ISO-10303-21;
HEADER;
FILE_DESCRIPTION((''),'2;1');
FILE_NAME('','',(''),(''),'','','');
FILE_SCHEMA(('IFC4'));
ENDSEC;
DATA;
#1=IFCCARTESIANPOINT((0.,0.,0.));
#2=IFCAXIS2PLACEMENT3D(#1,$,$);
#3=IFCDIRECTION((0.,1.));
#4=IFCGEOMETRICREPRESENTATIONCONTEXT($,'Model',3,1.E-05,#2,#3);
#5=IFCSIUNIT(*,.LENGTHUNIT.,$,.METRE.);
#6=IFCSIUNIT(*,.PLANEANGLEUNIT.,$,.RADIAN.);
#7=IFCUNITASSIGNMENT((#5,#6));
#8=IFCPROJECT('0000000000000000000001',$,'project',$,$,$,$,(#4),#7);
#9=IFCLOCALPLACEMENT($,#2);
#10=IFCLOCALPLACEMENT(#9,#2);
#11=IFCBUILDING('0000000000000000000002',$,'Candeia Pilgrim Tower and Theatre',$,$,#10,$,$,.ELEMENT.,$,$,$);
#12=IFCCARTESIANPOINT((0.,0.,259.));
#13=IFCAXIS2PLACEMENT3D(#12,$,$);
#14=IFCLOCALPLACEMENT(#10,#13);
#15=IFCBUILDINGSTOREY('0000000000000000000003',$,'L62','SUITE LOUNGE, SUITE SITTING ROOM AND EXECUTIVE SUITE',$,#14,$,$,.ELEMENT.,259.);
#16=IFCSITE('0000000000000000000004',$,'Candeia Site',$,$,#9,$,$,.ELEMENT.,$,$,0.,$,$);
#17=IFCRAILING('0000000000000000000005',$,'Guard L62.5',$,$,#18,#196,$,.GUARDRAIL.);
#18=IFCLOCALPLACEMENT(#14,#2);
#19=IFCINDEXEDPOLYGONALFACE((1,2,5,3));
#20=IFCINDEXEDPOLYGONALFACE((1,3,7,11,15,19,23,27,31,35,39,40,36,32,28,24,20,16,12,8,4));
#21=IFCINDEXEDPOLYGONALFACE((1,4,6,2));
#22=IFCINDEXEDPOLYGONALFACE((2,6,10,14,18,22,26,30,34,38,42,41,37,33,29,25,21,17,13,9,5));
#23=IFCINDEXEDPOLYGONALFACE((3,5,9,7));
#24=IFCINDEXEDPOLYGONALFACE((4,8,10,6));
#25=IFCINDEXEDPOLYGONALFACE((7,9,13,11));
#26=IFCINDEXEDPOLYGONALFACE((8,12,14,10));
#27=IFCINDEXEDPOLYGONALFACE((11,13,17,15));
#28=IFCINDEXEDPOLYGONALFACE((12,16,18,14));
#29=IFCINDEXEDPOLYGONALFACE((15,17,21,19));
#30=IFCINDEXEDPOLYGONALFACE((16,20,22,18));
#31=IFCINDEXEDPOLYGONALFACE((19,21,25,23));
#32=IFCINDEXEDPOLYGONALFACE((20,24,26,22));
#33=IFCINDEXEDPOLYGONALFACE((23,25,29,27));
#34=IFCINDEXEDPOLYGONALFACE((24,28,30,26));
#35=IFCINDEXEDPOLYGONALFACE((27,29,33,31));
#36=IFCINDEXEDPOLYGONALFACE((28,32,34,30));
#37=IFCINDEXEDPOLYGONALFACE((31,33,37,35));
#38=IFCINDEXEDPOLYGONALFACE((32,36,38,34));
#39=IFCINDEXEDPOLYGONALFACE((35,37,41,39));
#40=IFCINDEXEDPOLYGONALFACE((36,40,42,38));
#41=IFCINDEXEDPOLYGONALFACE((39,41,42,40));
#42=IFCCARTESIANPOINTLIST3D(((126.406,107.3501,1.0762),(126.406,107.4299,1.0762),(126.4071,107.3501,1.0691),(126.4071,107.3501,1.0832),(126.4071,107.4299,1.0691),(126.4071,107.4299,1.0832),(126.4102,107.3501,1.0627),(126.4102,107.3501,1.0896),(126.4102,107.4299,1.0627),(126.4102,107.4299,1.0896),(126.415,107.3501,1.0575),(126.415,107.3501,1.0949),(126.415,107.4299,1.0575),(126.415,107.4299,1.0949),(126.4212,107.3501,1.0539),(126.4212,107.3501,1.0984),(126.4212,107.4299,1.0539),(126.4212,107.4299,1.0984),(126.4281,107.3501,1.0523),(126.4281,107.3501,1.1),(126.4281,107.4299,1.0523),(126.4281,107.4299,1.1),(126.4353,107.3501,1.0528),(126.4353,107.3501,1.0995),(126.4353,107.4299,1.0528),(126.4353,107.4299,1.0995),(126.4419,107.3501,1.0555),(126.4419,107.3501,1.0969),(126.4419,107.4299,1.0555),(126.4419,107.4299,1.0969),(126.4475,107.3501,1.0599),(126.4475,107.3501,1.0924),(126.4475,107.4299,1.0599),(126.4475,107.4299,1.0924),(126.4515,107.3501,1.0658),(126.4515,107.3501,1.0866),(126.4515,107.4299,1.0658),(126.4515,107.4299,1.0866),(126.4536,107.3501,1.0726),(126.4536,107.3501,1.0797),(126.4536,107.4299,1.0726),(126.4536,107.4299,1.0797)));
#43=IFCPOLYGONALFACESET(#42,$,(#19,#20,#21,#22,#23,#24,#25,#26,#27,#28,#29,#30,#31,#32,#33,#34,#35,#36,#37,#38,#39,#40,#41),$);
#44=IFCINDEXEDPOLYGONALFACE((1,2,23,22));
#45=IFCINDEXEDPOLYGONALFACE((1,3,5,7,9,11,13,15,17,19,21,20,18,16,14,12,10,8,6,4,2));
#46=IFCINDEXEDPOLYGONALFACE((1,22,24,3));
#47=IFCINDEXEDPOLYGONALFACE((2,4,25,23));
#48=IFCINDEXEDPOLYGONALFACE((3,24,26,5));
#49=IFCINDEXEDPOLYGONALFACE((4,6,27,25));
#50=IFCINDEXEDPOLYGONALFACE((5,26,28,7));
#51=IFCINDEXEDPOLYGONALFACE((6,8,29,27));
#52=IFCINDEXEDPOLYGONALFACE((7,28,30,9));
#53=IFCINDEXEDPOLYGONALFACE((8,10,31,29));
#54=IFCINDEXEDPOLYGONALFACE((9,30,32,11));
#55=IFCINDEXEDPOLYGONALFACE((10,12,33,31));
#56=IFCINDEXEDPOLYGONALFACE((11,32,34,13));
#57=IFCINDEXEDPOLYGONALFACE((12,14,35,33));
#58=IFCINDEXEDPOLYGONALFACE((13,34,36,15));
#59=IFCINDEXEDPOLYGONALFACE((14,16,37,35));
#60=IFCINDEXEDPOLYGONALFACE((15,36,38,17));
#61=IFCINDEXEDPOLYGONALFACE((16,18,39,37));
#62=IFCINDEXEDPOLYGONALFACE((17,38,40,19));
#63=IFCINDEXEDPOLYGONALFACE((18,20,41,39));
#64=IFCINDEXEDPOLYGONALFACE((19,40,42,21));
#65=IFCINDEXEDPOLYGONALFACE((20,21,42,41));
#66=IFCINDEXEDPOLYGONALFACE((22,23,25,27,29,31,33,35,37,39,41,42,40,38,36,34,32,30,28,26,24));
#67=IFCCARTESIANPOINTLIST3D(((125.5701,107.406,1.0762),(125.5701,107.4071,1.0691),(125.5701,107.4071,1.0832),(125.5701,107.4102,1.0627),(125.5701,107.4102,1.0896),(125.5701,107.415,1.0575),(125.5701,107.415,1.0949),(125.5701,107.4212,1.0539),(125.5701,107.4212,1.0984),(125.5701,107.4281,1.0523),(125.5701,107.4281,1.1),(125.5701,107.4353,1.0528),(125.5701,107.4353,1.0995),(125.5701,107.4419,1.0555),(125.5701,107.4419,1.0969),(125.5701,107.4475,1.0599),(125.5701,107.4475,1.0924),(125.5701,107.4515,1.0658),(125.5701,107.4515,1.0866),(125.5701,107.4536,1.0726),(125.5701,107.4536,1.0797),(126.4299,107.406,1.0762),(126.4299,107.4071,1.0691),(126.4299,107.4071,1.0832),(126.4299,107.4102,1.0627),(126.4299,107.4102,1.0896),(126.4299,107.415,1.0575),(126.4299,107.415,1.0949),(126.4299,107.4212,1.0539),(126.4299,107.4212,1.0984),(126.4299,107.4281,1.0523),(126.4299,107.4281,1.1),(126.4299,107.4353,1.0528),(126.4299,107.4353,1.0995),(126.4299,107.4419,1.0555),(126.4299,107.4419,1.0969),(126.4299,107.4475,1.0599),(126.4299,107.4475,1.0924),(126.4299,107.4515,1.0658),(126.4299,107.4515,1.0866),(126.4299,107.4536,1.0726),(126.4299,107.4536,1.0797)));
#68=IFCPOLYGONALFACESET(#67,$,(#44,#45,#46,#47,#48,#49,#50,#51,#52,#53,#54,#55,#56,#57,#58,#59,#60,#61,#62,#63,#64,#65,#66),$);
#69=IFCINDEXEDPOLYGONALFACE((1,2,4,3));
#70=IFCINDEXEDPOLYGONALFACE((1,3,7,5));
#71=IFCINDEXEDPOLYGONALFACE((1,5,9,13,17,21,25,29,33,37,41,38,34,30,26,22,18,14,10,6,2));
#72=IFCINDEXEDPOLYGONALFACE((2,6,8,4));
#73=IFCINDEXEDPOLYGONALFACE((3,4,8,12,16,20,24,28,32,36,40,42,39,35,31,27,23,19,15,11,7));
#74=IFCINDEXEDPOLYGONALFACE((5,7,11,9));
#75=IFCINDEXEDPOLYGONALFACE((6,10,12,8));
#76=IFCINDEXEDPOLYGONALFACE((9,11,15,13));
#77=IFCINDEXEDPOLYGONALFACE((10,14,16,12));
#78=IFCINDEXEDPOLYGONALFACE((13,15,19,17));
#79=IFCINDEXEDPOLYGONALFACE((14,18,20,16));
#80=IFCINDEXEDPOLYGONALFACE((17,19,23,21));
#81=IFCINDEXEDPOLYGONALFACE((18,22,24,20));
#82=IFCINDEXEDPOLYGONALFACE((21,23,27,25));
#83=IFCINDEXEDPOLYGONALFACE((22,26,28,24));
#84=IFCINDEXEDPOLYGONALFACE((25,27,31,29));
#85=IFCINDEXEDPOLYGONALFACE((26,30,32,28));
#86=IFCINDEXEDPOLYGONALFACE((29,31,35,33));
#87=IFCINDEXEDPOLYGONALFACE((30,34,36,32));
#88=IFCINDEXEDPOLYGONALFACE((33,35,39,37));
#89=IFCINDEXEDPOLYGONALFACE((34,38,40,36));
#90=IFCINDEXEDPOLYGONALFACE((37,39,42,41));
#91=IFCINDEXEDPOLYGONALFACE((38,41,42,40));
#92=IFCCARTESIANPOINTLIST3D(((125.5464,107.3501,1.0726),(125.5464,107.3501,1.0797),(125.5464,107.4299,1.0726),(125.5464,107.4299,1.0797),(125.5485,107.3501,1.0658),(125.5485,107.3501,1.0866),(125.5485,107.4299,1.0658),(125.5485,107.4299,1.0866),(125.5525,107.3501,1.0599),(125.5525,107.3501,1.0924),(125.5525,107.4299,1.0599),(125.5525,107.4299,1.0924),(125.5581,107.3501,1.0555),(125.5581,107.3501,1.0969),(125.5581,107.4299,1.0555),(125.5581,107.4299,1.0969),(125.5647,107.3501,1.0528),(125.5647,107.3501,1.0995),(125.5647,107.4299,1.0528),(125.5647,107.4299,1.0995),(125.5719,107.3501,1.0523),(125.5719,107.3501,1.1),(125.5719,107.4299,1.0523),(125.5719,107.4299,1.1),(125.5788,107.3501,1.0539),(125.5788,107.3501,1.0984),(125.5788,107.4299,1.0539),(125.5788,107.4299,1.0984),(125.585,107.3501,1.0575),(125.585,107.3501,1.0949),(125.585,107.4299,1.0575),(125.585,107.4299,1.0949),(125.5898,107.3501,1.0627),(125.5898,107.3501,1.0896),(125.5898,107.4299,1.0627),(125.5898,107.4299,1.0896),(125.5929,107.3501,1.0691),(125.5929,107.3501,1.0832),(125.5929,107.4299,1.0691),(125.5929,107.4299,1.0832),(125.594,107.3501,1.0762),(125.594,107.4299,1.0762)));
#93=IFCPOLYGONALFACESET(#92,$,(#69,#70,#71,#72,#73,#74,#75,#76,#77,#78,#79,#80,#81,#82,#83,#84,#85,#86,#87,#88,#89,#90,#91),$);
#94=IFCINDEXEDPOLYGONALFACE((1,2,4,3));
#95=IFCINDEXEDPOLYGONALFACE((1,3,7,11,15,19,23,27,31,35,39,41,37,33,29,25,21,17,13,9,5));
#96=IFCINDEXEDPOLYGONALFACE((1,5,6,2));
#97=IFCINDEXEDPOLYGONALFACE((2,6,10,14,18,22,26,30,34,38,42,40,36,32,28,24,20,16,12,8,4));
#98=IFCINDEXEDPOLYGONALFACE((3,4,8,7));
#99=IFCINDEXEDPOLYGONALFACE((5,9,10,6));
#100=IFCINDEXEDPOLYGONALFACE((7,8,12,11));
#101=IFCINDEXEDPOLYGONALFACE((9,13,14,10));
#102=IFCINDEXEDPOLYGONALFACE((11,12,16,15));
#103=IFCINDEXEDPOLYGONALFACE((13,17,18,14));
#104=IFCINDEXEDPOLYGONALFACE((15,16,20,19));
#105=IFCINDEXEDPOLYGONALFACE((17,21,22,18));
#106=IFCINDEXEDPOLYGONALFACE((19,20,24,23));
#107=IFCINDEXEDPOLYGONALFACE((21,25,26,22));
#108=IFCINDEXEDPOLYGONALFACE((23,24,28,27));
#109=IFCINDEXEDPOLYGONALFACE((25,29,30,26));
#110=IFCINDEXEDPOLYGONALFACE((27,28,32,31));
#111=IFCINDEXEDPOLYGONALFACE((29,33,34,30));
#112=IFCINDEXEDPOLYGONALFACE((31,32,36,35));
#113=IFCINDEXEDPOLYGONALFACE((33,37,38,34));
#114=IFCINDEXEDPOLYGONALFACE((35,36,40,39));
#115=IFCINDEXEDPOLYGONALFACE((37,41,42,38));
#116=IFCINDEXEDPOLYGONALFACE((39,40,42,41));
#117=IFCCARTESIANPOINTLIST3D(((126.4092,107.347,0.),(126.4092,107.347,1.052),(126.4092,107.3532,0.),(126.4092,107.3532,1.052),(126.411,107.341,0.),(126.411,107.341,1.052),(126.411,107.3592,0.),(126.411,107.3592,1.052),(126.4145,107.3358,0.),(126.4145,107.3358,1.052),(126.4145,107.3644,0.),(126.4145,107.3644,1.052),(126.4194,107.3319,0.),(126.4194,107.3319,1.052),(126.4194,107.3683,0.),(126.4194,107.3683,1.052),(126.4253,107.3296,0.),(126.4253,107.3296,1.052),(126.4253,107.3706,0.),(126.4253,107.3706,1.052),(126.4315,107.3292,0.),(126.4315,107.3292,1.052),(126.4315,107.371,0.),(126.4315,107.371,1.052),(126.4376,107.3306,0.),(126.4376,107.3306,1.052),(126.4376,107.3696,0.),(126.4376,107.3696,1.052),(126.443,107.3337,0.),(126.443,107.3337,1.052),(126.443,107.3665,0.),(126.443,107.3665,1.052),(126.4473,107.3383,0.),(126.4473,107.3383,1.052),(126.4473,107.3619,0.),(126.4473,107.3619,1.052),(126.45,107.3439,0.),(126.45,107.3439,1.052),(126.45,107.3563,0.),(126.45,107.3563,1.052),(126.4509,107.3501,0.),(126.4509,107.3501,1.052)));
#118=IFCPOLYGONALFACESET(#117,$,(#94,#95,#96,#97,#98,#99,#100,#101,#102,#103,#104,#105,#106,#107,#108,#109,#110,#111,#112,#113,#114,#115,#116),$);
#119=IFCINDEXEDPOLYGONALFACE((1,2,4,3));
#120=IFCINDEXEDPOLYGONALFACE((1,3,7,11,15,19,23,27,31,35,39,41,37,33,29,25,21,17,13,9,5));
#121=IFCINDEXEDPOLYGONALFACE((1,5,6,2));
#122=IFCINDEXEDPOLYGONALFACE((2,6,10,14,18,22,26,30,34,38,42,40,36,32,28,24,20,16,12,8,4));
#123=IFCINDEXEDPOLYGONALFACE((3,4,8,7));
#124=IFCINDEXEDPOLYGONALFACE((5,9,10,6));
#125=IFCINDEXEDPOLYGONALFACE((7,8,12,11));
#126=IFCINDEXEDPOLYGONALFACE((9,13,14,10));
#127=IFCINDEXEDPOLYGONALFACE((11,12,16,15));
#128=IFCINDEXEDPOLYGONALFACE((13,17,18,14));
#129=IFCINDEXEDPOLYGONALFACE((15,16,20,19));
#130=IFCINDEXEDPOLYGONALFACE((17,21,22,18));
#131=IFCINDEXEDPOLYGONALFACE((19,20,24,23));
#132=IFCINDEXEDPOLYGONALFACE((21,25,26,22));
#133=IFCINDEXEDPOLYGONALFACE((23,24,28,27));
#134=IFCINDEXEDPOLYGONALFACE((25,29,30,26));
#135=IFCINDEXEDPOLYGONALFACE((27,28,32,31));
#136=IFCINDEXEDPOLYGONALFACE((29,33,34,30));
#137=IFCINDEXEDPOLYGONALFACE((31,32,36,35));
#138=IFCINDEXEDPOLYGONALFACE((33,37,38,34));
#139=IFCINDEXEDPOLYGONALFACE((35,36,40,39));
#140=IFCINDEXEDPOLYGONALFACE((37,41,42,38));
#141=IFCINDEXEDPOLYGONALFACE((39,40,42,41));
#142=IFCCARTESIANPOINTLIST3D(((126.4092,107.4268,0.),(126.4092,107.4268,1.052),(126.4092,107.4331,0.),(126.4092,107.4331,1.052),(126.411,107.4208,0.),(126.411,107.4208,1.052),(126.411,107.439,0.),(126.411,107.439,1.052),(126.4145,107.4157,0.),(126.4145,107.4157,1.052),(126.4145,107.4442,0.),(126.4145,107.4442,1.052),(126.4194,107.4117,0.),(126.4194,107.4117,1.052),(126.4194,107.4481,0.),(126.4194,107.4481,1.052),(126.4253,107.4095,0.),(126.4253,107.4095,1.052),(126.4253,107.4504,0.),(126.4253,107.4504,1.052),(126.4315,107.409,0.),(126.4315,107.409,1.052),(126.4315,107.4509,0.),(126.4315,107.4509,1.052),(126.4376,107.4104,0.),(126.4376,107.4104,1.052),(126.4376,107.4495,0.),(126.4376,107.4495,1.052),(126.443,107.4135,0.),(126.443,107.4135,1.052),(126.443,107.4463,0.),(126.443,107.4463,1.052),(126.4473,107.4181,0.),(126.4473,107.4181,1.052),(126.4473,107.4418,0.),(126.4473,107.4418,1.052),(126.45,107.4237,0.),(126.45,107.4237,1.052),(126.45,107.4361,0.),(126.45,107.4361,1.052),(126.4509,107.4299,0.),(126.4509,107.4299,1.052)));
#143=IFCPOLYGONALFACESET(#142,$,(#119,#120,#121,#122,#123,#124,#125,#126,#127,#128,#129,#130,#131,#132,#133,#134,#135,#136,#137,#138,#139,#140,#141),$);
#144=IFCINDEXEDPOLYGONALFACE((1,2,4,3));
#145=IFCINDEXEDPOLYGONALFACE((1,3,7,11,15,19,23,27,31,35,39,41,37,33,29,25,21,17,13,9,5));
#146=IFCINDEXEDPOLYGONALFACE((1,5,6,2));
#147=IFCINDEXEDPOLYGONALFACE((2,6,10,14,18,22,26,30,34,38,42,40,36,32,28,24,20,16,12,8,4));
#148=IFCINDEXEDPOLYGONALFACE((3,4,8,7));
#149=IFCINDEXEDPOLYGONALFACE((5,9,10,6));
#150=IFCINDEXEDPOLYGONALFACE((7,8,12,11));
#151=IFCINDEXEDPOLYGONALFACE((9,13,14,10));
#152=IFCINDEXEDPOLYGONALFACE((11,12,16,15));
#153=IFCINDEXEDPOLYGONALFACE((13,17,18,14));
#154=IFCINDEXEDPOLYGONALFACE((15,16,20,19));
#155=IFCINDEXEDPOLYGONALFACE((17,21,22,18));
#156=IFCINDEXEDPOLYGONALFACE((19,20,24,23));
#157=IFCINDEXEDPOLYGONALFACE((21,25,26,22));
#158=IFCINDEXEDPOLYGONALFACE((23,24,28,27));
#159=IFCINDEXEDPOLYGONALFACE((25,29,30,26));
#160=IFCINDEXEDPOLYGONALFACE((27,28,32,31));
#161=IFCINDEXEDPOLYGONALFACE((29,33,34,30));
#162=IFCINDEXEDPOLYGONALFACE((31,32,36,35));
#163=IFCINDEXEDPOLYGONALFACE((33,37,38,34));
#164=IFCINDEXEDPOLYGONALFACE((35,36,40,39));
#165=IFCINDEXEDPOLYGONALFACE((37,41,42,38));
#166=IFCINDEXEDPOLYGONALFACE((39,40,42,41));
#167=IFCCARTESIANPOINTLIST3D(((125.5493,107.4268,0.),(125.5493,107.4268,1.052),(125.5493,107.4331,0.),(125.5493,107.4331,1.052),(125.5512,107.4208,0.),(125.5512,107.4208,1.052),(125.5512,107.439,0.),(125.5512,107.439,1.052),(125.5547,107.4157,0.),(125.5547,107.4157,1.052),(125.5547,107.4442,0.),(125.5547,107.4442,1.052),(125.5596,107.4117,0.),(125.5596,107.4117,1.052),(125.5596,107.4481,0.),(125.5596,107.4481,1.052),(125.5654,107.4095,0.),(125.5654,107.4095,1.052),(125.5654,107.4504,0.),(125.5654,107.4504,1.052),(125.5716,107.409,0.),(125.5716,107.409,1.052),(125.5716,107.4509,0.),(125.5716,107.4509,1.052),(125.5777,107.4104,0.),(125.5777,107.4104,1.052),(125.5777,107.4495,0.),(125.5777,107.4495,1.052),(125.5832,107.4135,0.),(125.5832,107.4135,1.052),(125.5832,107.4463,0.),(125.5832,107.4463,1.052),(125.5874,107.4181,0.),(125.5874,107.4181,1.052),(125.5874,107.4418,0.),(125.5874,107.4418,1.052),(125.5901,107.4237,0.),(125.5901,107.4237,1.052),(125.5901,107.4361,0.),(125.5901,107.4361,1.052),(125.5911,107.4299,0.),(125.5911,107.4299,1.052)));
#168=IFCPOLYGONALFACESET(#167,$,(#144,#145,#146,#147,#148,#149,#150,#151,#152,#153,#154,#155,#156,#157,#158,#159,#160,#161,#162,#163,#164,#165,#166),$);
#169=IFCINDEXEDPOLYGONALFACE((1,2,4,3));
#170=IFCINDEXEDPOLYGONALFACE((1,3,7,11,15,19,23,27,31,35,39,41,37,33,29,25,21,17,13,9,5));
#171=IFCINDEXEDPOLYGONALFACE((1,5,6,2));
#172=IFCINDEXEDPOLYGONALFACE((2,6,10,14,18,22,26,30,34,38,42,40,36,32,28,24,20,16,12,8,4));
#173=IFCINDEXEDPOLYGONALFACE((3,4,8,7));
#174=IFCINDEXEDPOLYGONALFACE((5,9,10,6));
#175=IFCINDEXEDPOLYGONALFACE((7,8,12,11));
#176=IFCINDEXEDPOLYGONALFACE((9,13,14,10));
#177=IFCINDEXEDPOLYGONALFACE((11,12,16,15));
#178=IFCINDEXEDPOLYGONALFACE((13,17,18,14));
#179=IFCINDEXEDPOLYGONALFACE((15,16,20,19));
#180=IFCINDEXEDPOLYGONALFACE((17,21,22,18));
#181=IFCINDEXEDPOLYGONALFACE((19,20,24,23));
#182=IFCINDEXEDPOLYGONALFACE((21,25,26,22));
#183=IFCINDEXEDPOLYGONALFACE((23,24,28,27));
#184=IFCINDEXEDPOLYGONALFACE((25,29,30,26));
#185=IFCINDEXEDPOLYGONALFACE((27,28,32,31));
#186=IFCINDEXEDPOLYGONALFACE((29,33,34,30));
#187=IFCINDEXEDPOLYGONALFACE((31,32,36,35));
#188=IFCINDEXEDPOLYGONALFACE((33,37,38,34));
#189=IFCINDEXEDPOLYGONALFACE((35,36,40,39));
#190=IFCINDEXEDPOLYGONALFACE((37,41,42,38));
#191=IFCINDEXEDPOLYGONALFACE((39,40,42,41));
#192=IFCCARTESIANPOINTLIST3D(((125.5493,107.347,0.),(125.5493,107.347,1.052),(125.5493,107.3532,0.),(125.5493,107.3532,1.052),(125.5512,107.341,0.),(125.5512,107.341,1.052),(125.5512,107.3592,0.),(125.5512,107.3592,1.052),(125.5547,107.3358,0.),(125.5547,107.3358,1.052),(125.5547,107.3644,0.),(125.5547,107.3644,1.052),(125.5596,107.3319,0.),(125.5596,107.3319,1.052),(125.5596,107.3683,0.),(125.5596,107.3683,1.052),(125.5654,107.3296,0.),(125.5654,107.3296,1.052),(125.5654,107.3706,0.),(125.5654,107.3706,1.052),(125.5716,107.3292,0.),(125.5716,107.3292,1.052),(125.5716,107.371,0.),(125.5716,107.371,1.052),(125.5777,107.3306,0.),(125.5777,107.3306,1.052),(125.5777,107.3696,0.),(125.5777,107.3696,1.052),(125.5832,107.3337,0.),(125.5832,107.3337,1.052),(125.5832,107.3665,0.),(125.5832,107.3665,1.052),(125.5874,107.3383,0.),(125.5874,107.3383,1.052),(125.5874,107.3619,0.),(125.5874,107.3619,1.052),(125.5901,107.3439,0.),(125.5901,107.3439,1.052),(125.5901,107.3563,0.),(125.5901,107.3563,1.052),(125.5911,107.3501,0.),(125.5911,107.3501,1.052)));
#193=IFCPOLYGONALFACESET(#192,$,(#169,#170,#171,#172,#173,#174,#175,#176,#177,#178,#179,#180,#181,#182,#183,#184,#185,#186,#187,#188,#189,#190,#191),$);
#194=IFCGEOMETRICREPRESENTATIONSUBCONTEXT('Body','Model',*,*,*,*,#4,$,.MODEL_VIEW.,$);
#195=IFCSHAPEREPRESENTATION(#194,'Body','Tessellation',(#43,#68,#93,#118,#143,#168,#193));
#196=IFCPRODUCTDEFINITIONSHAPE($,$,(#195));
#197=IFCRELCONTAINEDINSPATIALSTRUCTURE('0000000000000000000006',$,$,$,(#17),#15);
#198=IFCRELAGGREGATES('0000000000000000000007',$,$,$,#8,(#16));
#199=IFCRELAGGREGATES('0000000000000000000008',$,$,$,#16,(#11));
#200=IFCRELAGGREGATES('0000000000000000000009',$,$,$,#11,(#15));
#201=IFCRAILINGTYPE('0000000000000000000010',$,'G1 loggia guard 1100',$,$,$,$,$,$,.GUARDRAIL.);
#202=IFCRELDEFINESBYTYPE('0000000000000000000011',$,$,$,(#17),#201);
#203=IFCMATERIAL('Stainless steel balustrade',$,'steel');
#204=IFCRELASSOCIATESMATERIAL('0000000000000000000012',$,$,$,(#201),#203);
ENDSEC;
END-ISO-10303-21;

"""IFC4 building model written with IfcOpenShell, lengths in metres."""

from ifc_helpers import new_model, si_unit, direction, frame, origin, origin_2d, place, context, subcontext, project, spatial, circle, extrude, material, type_object, element, save


model = new_model("IFC4")

# Units and contexts
model_context = context("Model", 3, precision=1e-05, world=origin(), true_north=direction((0.0, 1.0)))
body_context = subcontext(model_context, "Body", "Model", "MODEL_VIEW")
ifc_project = project(units=[si_unit("LENGTHUNIT", "METRE"), si_unit("PLANEANGLEUNIT", "RADIAN")], contexts=[model_context])

# Site, building, storey
site_placement = place(None, origin())
site = spatial("IfcSite", under=ifc_project, at=site_placement, Name="Candeia Site", CompositionType="ELEMENT", RefElevation=0.0)
building_placement = place(site_placement, origin())
building = spatial("IfcBuilding", under=site, at=building_placement, Name="Candeia Pilgrim Tower and Theatre", CompositionType="ELEMENT")
storey_placement = place(building_placement, frame((0.0, 0.0, 259.0)))
storey = spatial("IfcBuildingStorey", under=building, at=storey_placement, Name="L62", Description="SUITE LOUNGE, SUITE SITTING ROOM AND EXECUTIVE SUITE", CompositionType="ELEMENT", Elevation=259.0)

# Railing
ifc_material_1 = material(Name="Stainless steel balustrade", Category="steel")
railing_type = type_object("IfcRailingType", Name="G1 loggia guard 1100", PredefinedType="GUARDRAIL", material=ifc_material_1)
railing_1_placement = place(storey_placement, frame((126.4299, 107.3501, 0.0)))
element("IfcRailing", 1, at=railing_1_placement, inside=storey, type_object=railing_type, Name="Guard L62.5", PredefinedType="GUARDRAIL", context=body_context, shape_type="SweptSolid", body=[
    extrude(circle(Radius=0.0239, at=origin_2d()), frame((0.0, 0.0, 1.0762), z_axis=(0.0, 1.0, 0.0), x_axis=(-1.0, 0.0, 0.0)), (0.0, 0.0, 1.0), 0.0798),
    extrude(circle(Radius=0.0239, at=origin_2d()), frame((0.0, 0.0798, 1.0762), z_axis=(-1.0, 0.0, 0.0), x_axis=(0.0, -1.0, 0.0)), (0.0, 0.0, 1.0), 0.8599),
    extrude(circle(Radius=0.0239, at=origin_2d()), frame((-0.8599, 0.0798, 1.0762), z_axis=(0.0, -1.0, 0.0), x_axis=(1.0, 0.0, 0.0)), (0.0, 0.0, 1.0), 0.0798),
    extrude(circle(Radius=0.021, at=origin_2d()), origin(), (0.0, 0.0, 1.0), 1.052),
    extrude(circle(Radius=0.021, at=origin_2d()), frame((0.0, 0.0798, 0.0)), (0.0, 0.0, 1.0), 1.052),
    extrude(circle(Radius=0.021, at=origin_2d()), frame((-0.8599, 0.0798, 0.0)), (0.0, 0.0, 1.0), 1.052),
    extrude(circle(Radius=0.021, at=origin_2d()), frame((-0.8599, 0.0, 0.0)), (0.0, 0.0, 1.0), 1.052),
])

save(model, "model.ifc")
